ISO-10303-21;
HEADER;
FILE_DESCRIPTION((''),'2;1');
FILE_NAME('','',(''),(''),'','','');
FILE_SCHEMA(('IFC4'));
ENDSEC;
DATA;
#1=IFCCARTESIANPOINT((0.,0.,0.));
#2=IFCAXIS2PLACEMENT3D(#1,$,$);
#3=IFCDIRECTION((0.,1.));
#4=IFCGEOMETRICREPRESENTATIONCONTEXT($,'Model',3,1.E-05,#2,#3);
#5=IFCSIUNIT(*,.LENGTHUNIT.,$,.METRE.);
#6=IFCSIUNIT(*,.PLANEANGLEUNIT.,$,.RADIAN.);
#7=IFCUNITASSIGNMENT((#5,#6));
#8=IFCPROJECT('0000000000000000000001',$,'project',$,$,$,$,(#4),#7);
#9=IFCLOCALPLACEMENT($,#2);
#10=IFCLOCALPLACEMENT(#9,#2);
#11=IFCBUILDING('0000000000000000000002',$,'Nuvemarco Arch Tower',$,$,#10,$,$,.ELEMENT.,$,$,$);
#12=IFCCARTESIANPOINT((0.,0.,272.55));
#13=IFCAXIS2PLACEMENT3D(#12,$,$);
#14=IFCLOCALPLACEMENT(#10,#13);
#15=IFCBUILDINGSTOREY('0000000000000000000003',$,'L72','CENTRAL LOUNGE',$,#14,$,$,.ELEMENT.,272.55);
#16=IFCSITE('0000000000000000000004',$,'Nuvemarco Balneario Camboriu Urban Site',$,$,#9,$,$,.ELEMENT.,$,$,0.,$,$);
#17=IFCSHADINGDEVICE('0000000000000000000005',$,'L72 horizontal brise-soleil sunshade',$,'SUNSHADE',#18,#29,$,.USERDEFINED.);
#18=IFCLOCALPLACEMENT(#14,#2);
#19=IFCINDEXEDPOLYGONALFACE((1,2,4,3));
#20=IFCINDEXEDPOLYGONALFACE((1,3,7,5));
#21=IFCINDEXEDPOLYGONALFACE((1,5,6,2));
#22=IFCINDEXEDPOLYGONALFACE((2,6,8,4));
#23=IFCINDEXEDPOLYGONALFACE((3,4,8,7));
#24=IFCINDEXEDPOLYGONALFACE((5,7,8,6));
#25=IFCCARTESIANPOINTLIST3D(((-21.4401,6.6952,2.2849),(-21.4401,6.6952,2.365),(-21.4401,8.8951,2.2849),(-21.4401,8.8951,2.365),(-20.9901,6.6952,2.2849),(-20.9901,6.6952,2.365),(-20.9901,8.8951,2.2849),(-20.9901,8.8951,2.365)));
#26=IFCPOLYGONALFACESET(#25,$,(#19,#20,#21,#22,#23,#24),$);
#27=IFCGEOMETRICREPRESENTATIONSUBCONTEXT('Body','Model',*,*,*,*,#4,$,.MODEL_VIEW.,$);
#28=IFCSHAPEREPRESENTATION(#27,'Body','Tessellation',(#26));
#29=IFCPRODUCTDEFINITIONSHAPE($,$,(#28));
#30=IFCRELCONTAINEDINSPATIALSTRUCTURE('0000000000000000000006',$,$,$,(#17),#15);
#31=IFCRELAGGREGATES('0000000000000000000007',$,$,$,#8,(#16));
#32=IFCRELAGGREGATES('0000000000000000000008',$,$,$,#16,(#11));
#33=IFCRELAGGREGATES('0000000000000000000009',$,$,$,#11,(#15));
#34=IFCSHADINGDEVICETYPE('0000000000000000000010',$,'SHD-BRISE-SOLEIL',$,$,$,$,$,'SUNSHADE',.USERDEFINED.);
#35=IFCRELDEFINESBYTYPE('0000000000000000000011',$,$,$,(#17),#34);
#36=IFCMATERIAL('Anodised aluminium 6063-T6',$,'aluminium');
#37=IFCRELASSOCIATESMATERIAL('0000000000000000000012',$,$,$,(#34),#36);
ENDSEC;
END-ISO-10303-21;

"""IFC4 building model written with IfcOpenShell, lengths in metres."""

from ifc_helpers import new_model, si_unit, direction, frame, origin, origin_2d, place, context, subcontext, project, spatial, rectangle, extrude, source, transform, mapped, material, type_object, type_shapes, element, save


model = new_model("IFC4")

# Units and contexts
model_context = context("Model", 3, precision=1e-05, world=origin(), true_north=direction((0.0, 1.0)))
body_context = subcontext(model_context, "Body", "Model", "MODEL_VIEW")
ifc_project = project(units=[si_unit("LENGTHUNIT", "METRE"), si_unit("PLANEANGLEUNIT", "RADIAN")], contexts=[model_context])

# Site, building, storey
site_placement = place(None, origin())
site = spatial("IfcSite", under=ifc_project, at=site_placement, Name="Nuvemarco Balneario Camboriu Urban Site", CompositionType="ELEMENT", RefElevation=0.0)
building_placement = place(site_placement, origin())
building = spatial("IfcBuilding", under=site, at=building_placement, Name="Nuvemarco Arch Tower", CompositionType="ELEMENT")
storey_placement = place(building_placement, frame((0.0, 0.0, 272.55)))
storey = spatial("IfcBuildingStorey", under=building, at=storey_placement, Name="L72", Description="CENTRAL LOUNGE", CompositionType="ELEMENT", Elevation=272.55)

# Shading device
ifc_material_1 = material(Name="Anodised aluminium 6063-T6", Category="aluminium")
shading_device_type = type_object("IfcShadingDeviceType", Name="SHD-BRISE-SOLEIL", ElementType="SUNSHADE", PredefinedType="USERDEFINED", material=ifc_material_1)
shared_shape = source(origin(), body_context, "Body", "SweptSolid", [
    extrude(rectangle(XDim=2.2, YDim=0.45, at=origin_2d()), origin(), (0.0, 0.0, 1.0), 0.0801),
])
type_shapes(shading_device_type, [shared_shape])
for number, where, z_axis, x_axis, name in (
    (1, (-21.2151, 7.7952, 2.2849), (0.0, 0.0, 1.0), (0.0, 1.0, 0.0), "L72 horizontal brise-soleil sunshade"),
):
    element("IfcShadingDevice", number, at=place(storey_placement, frame(where, z_axis=z_axis, x_axis=x_axis)), inside=storey, type_object=shading_device_type, Name=name, ObjectType="SUNSHADE", PredefinedType="USERDEFINED", context=body_context, shape_type="MappedRepresentation", body=[
        mapped(shared_shape, transform((0.0, 0.0, 0.0), scale=1.0)),
    ])

save(model, "model.ifc")
